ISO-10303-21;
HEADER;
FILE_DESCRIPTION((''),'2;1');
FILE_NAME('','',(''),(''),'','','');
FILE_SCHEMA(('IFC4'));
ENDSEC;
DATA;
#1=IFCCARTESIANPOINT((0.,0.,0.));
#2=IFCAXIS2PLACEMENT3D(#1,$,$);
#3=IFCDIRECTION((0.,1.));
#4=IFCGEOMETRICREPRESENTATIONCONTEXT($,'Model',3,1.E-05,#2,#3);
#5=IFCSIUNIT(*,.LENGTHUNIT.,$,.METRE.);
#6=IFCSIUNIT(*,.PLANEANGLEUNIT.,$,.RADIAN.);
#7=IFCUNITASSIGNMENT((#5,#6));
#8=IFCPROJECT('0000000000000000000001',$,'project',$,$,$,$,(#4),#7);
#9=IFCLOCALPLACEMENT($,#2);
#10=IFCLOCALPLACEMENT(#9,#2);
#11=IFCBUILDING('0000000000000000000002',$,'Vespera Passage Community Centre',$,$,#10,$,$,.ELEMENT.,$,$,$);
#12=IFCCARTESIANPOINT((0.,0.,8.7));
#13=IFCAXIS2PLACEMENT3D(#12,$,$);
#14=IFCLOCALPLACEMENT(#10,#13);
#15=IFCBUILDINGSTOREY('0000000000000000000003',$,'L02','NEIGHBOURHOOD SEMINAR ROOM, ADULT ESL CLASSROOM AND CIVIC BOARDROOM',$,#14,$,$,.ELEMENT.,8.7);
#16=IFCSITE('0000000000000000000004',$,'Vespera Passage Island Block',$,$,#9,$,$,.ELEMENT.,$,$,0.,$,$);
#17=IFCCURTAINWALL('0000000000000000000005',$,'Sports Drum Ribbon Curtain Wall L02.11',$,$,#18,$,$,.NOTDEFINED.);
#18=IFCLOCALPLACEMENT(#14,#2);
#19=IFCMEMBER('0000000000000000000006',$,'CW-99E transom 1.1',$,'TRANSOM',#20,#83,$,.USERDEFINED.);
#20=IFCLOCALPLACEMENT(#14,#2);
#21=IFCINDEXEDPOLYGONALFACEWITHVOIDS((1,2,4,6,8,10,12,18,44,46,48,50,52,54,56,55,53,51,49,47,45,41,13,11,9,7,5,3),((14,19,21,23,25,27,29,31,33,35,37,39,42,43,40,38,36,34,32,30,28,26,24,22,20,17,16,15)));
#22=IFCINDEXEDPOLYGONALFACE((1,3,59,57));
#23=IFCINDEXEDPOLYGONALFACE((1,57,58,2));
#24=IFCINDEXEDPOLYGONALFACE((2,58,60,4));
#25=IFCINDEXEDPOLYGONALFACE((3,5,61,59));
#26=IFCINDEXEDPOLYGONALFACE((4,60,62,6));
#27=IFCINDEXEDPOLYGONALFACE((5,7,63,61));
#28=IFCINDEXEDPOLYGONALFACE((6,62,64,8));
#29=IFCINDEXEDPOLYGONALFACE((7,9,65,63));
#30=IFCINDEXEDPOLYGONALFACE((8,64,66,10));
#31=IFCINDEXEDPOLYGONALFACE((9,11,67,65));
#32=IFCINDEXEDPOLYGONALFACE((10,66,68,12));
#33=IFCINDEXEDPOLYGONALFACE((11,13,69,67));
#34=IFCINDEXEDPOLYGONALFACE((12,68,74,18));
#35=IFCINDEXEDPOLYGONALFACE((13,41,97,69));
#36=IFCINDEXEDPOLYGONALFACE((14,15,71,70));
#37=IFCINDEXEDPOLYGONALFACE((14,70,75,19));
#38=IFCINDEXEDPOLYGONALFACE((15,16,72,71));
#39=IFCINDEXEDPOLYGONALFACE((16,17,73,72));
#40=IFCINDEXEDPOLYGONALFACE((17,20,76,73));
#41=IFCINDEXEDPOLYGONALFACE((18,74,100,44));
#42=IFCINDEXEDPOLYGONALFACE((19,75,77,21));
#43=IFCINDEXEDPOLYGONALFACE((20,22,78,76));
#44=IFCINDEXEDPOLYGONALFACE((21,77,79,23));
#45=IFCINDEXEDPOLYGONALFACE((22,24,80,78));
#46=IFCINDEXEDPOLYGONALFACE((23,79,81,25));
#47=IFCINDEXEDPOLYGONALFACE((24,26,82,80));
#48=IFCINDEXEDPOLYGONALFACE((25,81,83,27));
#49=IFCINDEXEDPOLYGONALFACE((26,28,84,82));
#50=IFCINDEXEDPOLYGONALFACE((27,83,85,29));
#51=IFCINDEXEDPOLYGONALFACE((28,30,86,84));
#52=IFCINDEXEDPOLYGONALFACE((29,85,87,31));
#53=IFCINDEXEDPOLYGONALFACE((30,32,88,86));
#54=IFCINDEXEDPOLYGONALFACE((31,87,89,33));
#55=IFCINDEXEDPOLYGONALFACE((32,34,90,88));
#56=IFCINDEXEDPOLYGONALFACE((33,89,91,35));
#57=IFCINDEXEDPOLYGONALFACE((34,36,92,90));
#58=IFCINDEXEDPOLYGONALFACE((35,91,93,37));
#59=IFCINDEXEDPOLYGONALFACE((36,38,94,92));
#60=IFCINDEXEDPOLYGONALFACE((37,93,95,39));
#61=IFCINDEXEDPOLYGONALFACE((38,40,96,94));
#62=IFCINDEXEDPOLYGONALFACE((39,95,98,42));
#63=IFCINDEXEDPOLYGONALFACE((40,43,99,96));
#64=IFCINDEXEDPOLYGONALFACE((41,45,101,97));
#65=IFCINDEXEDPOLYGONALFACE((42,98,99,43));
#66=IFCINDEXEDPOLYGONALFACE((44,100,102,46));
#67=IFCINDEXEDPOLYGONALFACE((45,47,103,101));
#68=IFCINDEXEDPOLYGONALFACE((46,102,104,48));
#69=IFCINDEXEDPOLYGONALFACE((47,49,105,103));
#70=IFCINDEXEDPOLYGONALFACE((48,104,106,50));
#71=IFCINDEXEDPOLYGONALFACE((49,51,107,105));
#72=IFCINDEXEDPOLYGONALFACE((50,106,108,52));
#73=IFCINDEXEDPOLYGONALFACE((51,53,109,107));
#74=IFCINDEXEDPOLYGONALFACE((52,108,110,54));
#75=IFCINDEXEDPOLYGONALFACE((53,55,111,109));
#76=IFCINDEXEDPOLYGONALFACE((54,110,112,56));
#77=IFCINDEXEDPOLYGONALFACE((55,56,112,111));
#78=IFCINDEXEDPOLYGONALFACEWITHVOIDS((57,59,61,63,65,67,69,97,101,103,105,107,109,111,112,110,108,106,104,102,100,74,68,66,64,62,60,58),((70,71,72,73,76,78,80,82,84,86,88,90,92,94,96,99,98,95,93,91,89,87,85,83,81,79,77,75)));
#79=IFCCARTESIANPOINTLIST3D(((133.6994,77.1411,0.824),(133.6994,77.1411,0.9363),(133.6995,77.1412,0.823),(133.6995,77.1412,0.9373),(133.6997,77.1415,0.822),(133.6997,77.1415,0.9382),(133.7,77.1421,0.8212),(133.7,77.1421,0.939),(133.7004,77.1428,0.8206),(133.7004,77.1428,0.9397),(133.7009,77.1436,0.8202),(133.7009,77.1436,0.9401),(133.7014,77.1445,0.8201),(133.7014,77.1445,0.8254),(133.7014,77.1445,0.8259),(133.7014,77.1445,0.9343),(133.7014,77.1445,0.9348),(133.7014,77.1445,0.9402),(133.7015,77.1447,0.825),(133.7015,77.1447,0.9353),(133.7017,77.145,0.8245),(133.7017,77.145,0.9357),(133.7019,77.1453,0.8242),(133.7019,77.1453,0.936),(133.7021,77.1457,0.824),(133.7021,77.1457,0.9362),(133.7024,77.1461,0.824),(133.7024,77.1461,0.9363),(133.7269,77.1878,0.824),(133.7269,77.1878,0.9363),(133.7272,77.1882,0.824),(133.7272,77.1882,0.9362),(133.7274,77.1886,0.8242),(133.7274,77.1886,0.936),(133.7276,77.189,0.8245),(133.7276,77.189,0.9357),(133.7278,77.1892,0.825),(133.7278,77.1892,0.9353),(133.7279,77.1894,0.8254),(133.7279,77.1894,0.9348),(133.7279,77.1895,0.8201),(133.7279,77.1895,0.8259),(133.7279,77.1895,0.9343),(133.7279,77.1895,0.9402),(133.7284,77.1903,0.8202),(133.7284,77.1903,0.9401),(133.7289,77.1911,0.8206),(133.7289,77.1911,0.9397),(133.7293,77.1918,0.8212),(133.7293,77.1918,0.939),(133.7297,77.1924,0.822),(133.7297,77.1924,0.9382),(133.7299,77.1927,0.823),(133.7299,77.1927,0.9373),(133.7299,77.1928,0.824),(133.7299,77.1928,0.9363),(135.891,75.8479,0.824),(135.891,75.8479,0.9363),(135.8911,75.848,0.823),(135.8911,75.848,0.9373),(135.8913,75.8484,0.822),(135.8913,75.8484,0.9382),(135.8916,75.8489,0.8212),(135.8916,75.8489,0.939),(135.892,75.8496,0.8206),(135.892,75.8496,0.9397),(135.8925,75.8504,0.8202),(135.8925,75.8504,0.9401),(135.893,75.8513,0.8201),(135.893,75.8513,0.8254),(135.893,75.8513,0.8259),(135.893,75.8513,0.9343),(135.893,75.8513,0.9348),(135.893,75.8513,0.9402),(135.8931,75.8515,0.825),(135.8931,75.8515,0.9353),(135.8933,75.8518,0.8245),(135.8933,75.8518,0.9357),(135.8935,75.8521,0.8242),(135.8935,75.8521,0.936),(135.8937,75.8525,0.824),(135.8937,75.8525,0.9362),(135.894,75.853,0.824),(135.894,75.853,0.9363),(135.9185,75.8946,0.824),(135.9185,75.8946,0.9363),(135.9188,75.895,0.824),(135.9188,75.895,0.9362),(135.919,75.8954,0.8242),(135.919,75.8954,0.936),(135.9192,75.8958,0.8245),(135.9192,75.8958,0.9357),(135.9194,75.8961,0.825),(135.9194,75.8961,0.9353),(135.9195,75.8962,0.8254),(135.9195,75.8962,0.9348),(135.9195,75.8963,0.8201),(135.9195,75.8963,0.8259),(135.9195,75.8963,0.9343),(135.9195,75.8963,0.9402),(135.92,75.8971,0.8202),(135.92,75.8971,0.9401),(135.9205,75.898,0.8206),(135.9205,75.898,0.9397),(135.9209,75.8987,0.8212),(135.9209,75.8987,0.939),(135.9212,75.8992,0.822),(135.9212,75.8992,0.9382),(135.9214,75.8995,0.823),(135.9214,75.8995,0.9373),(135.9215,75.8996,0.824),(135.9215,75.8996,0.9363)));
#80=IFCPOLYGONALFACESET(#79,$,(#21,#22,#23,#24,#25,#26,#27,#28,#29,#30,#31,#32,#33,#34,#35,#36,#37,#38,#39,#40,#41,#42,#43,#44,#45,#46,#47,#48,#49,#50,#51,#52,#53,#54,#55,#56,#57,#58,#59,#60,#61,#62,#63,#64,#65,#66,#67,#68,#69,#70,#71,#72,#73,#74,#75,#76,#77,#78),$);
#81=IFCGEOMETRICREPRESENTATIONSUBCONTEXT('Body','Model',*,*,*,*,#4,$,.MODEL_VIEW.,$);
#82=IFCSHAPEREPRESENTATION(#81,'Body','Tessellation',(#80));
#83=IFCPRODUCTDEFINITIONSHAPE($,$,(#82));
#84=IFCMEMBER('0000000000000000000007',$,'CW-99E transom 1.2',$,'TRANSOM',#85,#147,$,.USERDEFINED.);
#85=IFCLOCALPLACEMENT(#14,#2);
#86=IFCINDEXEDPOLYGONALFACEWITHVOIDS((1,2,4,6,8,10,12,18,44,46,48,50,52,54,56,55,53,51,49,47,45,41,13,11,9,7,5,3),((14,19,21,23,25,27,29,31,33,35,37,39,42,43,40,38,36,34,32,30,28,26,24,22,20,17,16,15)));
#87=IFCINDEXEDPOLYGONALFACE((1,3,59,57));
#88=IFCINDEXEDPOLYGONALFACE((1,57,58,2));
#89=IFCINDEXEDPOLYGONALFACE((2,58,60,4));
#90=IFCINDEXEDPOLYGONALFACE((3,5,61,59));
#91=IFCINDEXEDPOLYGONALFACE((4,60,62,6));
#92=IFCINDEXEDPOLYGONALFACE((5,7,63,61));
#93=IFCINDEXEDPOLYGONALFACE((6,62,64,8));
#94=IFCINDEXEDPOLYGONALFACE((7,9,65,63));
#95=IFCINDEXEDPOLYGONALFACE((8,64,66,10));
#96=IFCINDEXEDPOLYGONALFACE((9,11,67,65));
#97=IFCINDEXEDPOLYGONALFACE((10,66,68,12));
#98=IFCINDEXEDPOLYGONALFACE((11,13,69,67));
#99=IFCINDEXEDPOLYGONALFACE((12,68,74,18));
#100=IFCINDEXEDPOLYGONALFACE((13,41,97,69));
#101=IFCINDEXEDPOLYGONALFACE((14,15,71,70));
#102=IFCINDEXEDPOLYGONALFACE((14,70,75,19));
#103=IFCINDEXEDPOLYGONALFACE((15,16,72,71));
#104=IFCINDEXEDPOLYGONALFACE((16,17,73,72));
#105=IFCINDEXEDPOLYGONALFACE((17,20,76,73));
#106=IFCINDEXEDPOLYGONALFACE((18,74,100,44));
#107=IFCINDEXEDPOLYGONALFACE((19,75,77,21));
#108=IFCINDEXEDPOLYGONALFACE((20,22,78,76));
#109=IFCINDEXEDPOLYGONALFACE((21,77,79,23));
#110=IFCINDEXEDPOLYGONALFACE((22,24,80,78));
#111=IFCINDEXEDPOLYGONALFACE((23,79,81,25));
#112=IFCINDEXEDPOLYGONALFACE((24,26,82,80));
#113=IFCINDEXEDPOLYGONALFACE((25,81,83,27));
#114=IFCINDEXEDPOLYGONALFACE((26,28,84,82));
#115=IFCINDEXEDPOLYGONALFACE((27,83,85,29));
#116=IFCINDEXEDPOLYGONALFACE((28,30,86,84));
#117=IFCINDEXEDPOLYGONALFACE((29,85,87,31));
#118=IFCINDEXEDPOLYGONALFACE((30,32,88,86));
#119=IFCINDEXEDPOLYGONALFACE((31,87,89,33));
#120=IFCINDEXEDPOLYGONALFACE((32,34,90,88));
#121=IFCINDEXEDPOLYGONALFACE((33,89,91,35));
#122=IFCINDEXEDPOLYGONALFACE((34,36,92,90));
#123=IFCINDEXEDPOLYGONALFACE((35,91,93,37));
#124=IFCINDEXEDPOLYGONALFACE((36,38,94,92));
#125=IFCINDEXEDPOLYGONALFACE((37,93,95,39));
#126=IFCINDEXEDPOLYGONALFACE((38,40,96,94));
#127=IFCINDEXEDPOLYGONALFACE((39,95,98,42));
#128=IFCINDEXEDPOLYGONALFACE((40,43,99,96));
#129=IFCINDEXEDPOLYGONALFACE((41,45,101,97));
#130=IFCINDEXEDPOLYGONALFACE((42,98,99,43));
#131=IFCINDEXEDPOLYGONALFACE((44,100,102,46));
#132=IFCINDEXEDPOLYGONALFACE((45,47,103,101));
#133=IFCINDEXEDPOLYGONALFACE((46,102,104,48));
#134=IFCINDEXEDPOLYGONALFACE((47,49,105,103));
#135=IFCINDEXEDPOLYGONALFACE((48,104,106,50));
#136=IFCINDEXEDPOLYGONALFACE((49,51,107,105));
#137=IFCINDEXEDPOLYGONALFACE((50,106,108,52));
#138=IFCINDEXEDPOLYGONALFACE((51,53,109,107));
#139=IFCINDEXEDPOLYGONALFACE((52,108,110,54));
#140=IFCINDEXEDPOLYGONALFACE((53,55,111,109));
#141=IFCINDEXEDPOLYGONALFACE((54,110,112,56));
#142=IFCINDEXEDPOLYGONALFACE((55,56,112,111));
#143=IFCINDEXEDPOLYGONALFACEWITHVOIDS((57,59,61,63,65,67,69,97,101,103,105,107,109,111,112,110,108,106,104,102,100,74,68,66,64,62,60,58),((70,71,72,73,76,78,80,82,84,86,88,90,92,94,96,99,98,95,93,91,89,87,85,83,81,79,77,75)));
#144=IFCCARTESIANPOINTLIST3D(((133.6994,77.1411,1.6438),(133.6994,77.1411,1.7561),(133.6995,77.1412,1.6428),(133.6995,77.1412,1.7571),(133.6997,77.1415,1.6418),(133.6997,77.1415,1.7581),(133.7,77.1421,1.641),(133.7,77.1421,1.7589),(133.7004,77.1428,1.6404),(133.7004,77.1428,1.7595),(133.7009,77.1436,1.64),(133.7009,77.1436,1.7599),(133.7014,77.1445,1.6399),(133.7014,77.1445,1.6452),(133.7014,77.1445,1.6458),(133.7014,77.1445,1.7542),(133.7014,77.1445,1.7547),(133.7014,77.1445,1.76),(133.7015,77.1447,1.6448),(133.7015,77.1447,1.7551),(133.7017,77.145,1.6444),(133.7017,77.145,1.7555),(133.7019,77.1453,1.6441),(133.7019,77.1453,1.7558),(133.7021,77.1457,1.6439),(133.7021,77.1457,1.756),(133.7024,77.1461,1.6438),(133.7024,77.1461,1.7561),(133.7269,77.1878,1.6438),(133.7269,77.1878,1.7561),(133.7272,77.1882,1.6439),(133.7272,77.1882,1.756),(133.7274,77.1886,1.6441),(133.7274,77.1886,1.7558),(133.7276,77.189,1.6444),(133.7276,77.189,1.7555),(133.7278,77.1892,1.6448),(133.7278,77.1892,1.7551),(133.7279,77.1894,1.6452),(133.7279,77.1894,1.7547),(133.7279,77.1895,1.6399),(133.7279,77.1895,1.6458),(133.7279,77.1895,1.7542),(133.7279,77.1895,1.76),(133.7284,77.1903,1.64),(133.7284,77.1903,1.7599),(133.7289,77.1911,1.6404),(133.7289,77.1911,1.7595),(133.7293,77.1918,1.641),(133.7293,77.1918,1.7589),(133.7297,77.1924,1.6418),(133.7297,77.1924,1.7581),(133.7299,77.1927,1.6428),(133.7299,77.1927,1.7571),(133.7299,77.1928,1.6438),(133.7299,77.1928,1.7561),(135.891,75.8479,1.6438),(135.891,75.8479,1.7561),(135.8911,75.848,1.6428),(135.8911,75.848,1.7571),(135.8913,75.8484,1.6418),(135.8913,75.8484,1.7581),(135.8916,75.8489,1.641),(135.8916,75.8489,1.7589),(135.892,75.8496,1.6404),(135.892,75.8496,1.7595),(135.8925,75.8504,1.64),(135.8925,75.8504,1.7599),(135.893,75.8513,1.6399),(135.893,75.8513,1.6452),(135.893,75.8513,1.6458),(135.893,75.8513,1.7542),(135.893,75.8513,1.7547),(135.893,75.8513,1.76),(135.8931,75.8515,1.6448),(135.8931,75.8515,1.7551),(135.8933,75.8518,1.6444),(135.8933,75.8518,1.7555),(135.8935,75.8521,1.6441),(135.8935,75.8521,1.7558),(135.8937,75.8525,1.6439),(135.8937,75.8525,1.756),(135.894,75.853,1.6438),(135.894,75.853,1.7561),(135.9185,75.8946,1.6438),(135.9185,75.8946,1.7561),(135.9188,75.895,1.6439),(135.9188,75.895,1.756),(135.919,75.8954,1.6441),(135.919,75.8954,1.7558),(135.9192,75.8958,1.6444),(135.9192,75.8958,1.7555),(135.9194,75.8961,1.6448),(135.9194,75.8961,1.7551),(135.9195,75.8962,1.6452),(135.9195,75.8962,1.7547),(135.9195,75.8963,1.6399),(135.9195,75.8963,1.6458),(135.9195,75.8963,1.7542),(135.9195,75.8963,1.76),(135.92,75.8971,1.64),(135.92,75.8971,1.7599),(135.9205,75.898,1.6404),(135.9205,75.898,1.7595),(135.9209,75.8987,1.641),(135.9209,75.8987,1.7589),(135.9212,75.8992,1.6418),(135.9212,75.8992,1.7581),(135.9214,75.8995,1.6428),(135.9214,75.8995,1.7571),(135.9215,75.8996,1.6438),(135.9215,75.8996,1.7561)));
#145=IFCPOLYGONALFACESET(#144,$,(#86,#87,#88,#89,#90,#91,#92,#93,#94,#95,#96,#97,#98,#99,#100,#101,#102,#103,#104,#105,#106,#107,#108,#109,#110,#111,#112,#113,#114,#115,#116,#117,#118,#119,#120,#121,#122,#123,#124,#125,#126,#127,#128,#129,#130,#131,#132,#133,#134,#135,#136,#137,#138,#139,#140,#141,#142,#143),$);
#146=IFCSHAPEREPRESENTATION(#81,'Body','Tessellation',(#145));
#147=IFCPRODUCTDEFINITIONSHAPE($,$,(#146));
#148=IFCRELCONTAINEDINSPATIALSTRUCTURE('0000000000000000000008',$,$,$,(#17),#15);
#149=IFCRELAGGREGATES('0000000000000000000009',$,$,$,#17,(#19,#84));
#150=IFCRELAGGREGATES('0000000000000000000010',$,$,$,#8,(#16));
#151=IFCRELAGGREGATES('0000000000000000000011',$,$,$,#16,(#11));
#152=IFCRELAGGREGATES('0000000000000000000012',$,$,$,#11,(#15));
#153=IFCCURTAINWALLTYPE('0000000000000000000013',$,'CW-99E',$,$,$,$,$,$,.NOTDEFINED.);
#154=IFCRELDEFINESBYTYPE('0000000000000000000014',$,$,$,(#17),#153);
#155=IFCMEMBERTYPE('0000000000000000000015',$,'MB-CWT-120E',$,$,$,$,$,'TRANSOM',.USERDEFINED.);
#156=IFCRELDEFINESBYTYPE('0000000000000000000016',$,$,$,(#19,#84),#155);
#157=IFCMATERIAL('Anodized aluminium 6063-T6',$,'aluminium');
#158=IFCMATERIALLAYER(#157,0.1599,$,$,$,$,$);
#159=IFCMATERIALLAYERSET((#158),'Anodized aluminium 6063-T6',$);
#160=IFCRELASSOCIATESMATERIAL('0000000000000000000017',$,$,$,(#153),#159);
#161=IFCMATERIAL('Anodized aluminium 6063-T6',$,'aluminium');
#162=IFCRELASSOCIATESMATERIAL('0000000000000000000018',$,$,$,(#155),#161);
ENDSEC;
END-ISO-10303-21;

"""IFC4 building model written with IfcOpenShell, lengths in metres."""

from ifc_helpers import new_model, si_unit, direction, frame, origin, origin_2d, place, context, subcontext, project, spatial, hollow_rectangle, extrude, material, layer, layer_set, material_profile, profile_set, type_object, element, aggregate, save


model = new_model("IFC4")

# Units and contexts
model_context = context("Model", 3, precision=1e-05, world=origin(), true_north=direction((0.0, 1.0)))
body_context = subcontext(model_context, "Body", "Model", "MODEL_VIEW")
ifc_project = project(units=[si_unit("LENGTHUNIT", "METRE"), si_unit("PLANEANGLEUNIT", "RADIAN")], contexts=[model_context])

# Site, building, storey
site_placement = place(None, origin())
site = spatial("IfcSite", under=ifc_project, at=site_placement, Name="Vespera Passage Island Block", CompositionType="ELEMENT", RefElevation=0.0)
building_placement = place(site_placement, origin())
building = spatial("IfcBuilding", under=site, at=building_placement, Name="Vespera Passage Community Centre", CompositionType="ELEMENT")
storey_placement = place(building_placement, frame((0.0, 0.0, 8.7)))
storey = spatial("IfcBuildingStorey", under=building, at=storey_placement, Name="L02", Description="NEIGHBOURHOOD SEMINAR ROOM, ADULT ESL CLASSROOM AND CIVIC BOARDROOM", CompositionType="ELEMENT", Elevation=8.7)

# Curtain wall
ifc_material_1 = material(Name="Anodized aluminium 6063-T6", Category="aluminium")
ifc_layer_1 = layer(ifc_material_1, 0.1599)
ifc_layer_set_1 = layer_set([ifc_layer_1], Name="Anodized aluminium 6063-T6")
curtain_wall_type_1 = type_object("IfcCurtainWallType", Name="CW-99E", PredefinedType="NOTDEFINED", material=ifc_layer_set_1)
curtain_wall_1_placement = place(storey_placement, origin())
curtain_wall_1 = element("IfcCurtainWall", 1, at=curtain_wall_1_placement, inside=storey, type_object=curtain_wall_type_1, Name="Sports Drum Ribbon Curtain Wall L02.11", PredefinedType="NOTDEFINED")

# Members
ifc_material_2 = material(Name="Anodized aluminium 6063-T6", Category="aluminium")
ifc_material_profile_1 = material_profile(ifc_material_2, hollow_rectangle(XDim=0.0601, YDim=0.1201, WallThickness=0.0039, InnerFilletRadius=0.002, OuterFilletRadius=0.0039, at=origin_2d()), Name="ALU120X60X4")
ifc_profile_set_1 = profile_set([ifc_material_profile_1], Name="Anodized aluminium 6063-T6")
member_type_1 = type_object("IfcMemberType", Name="MB-CWT-120E", ElementType="TRANSOM", PredefinedType="USERDEFINED", material=ifc_profile_set_1)
member_1_placement = place(storey_placement, frame((135.9062, 75.8738, 0.8801), z_axis=(-0.861245, 0.508189, 0.0), x_axis=(-0.508189, -0.861245, 0.0)))
member_1 = element("IfcMember", 2, at=member_1_placement, type_object=member_type_1, Name="CW-99E transom 1.1", ObjectType="TRANSOM", PredefinedType="USERDEFINED", context=body_context, shape_type="SweptSolid", body=[
    extrude(hollow_rectangle(XDim=0.0601, YDim=0.1201, WallThickness=0.0039, InnerFilletRadius=0.002, OuterFilletRadius=0.0039, at=origin_2d()), origin(), (0.0, 0.0, 1.0), 2.5447),
])
member_2_placement = place(storey_placement, frame((135.9062, 75.8738, 1.7), z_axis=(-0.861245, 0.508189, 0.0), x_axis=(-0.508189, -0.861245, 0.0)))
member_2 = element("IfcMember", 3, at=member_2_placement, type_object=member_type_1, Name="CW-99E transom 1.2", ObjectType="TRANSOM", PredefinedType="USERDEFINED", context=body_context, shape_type="SweptSolid", body=[
    extrude(hollow_rectangle(XDim=0.0601, YDim=0.1201, WallThickness=0.0039, InnerFilletRadius=0.002, OuterFilletRadius=0.0039, at=origin_2d()), origin(), (0.0, 0.0, 1.0), 2.5447),
])

aggregate(curtain_wall_1, [member_1, member_2])

save(model, "model.ifc")
